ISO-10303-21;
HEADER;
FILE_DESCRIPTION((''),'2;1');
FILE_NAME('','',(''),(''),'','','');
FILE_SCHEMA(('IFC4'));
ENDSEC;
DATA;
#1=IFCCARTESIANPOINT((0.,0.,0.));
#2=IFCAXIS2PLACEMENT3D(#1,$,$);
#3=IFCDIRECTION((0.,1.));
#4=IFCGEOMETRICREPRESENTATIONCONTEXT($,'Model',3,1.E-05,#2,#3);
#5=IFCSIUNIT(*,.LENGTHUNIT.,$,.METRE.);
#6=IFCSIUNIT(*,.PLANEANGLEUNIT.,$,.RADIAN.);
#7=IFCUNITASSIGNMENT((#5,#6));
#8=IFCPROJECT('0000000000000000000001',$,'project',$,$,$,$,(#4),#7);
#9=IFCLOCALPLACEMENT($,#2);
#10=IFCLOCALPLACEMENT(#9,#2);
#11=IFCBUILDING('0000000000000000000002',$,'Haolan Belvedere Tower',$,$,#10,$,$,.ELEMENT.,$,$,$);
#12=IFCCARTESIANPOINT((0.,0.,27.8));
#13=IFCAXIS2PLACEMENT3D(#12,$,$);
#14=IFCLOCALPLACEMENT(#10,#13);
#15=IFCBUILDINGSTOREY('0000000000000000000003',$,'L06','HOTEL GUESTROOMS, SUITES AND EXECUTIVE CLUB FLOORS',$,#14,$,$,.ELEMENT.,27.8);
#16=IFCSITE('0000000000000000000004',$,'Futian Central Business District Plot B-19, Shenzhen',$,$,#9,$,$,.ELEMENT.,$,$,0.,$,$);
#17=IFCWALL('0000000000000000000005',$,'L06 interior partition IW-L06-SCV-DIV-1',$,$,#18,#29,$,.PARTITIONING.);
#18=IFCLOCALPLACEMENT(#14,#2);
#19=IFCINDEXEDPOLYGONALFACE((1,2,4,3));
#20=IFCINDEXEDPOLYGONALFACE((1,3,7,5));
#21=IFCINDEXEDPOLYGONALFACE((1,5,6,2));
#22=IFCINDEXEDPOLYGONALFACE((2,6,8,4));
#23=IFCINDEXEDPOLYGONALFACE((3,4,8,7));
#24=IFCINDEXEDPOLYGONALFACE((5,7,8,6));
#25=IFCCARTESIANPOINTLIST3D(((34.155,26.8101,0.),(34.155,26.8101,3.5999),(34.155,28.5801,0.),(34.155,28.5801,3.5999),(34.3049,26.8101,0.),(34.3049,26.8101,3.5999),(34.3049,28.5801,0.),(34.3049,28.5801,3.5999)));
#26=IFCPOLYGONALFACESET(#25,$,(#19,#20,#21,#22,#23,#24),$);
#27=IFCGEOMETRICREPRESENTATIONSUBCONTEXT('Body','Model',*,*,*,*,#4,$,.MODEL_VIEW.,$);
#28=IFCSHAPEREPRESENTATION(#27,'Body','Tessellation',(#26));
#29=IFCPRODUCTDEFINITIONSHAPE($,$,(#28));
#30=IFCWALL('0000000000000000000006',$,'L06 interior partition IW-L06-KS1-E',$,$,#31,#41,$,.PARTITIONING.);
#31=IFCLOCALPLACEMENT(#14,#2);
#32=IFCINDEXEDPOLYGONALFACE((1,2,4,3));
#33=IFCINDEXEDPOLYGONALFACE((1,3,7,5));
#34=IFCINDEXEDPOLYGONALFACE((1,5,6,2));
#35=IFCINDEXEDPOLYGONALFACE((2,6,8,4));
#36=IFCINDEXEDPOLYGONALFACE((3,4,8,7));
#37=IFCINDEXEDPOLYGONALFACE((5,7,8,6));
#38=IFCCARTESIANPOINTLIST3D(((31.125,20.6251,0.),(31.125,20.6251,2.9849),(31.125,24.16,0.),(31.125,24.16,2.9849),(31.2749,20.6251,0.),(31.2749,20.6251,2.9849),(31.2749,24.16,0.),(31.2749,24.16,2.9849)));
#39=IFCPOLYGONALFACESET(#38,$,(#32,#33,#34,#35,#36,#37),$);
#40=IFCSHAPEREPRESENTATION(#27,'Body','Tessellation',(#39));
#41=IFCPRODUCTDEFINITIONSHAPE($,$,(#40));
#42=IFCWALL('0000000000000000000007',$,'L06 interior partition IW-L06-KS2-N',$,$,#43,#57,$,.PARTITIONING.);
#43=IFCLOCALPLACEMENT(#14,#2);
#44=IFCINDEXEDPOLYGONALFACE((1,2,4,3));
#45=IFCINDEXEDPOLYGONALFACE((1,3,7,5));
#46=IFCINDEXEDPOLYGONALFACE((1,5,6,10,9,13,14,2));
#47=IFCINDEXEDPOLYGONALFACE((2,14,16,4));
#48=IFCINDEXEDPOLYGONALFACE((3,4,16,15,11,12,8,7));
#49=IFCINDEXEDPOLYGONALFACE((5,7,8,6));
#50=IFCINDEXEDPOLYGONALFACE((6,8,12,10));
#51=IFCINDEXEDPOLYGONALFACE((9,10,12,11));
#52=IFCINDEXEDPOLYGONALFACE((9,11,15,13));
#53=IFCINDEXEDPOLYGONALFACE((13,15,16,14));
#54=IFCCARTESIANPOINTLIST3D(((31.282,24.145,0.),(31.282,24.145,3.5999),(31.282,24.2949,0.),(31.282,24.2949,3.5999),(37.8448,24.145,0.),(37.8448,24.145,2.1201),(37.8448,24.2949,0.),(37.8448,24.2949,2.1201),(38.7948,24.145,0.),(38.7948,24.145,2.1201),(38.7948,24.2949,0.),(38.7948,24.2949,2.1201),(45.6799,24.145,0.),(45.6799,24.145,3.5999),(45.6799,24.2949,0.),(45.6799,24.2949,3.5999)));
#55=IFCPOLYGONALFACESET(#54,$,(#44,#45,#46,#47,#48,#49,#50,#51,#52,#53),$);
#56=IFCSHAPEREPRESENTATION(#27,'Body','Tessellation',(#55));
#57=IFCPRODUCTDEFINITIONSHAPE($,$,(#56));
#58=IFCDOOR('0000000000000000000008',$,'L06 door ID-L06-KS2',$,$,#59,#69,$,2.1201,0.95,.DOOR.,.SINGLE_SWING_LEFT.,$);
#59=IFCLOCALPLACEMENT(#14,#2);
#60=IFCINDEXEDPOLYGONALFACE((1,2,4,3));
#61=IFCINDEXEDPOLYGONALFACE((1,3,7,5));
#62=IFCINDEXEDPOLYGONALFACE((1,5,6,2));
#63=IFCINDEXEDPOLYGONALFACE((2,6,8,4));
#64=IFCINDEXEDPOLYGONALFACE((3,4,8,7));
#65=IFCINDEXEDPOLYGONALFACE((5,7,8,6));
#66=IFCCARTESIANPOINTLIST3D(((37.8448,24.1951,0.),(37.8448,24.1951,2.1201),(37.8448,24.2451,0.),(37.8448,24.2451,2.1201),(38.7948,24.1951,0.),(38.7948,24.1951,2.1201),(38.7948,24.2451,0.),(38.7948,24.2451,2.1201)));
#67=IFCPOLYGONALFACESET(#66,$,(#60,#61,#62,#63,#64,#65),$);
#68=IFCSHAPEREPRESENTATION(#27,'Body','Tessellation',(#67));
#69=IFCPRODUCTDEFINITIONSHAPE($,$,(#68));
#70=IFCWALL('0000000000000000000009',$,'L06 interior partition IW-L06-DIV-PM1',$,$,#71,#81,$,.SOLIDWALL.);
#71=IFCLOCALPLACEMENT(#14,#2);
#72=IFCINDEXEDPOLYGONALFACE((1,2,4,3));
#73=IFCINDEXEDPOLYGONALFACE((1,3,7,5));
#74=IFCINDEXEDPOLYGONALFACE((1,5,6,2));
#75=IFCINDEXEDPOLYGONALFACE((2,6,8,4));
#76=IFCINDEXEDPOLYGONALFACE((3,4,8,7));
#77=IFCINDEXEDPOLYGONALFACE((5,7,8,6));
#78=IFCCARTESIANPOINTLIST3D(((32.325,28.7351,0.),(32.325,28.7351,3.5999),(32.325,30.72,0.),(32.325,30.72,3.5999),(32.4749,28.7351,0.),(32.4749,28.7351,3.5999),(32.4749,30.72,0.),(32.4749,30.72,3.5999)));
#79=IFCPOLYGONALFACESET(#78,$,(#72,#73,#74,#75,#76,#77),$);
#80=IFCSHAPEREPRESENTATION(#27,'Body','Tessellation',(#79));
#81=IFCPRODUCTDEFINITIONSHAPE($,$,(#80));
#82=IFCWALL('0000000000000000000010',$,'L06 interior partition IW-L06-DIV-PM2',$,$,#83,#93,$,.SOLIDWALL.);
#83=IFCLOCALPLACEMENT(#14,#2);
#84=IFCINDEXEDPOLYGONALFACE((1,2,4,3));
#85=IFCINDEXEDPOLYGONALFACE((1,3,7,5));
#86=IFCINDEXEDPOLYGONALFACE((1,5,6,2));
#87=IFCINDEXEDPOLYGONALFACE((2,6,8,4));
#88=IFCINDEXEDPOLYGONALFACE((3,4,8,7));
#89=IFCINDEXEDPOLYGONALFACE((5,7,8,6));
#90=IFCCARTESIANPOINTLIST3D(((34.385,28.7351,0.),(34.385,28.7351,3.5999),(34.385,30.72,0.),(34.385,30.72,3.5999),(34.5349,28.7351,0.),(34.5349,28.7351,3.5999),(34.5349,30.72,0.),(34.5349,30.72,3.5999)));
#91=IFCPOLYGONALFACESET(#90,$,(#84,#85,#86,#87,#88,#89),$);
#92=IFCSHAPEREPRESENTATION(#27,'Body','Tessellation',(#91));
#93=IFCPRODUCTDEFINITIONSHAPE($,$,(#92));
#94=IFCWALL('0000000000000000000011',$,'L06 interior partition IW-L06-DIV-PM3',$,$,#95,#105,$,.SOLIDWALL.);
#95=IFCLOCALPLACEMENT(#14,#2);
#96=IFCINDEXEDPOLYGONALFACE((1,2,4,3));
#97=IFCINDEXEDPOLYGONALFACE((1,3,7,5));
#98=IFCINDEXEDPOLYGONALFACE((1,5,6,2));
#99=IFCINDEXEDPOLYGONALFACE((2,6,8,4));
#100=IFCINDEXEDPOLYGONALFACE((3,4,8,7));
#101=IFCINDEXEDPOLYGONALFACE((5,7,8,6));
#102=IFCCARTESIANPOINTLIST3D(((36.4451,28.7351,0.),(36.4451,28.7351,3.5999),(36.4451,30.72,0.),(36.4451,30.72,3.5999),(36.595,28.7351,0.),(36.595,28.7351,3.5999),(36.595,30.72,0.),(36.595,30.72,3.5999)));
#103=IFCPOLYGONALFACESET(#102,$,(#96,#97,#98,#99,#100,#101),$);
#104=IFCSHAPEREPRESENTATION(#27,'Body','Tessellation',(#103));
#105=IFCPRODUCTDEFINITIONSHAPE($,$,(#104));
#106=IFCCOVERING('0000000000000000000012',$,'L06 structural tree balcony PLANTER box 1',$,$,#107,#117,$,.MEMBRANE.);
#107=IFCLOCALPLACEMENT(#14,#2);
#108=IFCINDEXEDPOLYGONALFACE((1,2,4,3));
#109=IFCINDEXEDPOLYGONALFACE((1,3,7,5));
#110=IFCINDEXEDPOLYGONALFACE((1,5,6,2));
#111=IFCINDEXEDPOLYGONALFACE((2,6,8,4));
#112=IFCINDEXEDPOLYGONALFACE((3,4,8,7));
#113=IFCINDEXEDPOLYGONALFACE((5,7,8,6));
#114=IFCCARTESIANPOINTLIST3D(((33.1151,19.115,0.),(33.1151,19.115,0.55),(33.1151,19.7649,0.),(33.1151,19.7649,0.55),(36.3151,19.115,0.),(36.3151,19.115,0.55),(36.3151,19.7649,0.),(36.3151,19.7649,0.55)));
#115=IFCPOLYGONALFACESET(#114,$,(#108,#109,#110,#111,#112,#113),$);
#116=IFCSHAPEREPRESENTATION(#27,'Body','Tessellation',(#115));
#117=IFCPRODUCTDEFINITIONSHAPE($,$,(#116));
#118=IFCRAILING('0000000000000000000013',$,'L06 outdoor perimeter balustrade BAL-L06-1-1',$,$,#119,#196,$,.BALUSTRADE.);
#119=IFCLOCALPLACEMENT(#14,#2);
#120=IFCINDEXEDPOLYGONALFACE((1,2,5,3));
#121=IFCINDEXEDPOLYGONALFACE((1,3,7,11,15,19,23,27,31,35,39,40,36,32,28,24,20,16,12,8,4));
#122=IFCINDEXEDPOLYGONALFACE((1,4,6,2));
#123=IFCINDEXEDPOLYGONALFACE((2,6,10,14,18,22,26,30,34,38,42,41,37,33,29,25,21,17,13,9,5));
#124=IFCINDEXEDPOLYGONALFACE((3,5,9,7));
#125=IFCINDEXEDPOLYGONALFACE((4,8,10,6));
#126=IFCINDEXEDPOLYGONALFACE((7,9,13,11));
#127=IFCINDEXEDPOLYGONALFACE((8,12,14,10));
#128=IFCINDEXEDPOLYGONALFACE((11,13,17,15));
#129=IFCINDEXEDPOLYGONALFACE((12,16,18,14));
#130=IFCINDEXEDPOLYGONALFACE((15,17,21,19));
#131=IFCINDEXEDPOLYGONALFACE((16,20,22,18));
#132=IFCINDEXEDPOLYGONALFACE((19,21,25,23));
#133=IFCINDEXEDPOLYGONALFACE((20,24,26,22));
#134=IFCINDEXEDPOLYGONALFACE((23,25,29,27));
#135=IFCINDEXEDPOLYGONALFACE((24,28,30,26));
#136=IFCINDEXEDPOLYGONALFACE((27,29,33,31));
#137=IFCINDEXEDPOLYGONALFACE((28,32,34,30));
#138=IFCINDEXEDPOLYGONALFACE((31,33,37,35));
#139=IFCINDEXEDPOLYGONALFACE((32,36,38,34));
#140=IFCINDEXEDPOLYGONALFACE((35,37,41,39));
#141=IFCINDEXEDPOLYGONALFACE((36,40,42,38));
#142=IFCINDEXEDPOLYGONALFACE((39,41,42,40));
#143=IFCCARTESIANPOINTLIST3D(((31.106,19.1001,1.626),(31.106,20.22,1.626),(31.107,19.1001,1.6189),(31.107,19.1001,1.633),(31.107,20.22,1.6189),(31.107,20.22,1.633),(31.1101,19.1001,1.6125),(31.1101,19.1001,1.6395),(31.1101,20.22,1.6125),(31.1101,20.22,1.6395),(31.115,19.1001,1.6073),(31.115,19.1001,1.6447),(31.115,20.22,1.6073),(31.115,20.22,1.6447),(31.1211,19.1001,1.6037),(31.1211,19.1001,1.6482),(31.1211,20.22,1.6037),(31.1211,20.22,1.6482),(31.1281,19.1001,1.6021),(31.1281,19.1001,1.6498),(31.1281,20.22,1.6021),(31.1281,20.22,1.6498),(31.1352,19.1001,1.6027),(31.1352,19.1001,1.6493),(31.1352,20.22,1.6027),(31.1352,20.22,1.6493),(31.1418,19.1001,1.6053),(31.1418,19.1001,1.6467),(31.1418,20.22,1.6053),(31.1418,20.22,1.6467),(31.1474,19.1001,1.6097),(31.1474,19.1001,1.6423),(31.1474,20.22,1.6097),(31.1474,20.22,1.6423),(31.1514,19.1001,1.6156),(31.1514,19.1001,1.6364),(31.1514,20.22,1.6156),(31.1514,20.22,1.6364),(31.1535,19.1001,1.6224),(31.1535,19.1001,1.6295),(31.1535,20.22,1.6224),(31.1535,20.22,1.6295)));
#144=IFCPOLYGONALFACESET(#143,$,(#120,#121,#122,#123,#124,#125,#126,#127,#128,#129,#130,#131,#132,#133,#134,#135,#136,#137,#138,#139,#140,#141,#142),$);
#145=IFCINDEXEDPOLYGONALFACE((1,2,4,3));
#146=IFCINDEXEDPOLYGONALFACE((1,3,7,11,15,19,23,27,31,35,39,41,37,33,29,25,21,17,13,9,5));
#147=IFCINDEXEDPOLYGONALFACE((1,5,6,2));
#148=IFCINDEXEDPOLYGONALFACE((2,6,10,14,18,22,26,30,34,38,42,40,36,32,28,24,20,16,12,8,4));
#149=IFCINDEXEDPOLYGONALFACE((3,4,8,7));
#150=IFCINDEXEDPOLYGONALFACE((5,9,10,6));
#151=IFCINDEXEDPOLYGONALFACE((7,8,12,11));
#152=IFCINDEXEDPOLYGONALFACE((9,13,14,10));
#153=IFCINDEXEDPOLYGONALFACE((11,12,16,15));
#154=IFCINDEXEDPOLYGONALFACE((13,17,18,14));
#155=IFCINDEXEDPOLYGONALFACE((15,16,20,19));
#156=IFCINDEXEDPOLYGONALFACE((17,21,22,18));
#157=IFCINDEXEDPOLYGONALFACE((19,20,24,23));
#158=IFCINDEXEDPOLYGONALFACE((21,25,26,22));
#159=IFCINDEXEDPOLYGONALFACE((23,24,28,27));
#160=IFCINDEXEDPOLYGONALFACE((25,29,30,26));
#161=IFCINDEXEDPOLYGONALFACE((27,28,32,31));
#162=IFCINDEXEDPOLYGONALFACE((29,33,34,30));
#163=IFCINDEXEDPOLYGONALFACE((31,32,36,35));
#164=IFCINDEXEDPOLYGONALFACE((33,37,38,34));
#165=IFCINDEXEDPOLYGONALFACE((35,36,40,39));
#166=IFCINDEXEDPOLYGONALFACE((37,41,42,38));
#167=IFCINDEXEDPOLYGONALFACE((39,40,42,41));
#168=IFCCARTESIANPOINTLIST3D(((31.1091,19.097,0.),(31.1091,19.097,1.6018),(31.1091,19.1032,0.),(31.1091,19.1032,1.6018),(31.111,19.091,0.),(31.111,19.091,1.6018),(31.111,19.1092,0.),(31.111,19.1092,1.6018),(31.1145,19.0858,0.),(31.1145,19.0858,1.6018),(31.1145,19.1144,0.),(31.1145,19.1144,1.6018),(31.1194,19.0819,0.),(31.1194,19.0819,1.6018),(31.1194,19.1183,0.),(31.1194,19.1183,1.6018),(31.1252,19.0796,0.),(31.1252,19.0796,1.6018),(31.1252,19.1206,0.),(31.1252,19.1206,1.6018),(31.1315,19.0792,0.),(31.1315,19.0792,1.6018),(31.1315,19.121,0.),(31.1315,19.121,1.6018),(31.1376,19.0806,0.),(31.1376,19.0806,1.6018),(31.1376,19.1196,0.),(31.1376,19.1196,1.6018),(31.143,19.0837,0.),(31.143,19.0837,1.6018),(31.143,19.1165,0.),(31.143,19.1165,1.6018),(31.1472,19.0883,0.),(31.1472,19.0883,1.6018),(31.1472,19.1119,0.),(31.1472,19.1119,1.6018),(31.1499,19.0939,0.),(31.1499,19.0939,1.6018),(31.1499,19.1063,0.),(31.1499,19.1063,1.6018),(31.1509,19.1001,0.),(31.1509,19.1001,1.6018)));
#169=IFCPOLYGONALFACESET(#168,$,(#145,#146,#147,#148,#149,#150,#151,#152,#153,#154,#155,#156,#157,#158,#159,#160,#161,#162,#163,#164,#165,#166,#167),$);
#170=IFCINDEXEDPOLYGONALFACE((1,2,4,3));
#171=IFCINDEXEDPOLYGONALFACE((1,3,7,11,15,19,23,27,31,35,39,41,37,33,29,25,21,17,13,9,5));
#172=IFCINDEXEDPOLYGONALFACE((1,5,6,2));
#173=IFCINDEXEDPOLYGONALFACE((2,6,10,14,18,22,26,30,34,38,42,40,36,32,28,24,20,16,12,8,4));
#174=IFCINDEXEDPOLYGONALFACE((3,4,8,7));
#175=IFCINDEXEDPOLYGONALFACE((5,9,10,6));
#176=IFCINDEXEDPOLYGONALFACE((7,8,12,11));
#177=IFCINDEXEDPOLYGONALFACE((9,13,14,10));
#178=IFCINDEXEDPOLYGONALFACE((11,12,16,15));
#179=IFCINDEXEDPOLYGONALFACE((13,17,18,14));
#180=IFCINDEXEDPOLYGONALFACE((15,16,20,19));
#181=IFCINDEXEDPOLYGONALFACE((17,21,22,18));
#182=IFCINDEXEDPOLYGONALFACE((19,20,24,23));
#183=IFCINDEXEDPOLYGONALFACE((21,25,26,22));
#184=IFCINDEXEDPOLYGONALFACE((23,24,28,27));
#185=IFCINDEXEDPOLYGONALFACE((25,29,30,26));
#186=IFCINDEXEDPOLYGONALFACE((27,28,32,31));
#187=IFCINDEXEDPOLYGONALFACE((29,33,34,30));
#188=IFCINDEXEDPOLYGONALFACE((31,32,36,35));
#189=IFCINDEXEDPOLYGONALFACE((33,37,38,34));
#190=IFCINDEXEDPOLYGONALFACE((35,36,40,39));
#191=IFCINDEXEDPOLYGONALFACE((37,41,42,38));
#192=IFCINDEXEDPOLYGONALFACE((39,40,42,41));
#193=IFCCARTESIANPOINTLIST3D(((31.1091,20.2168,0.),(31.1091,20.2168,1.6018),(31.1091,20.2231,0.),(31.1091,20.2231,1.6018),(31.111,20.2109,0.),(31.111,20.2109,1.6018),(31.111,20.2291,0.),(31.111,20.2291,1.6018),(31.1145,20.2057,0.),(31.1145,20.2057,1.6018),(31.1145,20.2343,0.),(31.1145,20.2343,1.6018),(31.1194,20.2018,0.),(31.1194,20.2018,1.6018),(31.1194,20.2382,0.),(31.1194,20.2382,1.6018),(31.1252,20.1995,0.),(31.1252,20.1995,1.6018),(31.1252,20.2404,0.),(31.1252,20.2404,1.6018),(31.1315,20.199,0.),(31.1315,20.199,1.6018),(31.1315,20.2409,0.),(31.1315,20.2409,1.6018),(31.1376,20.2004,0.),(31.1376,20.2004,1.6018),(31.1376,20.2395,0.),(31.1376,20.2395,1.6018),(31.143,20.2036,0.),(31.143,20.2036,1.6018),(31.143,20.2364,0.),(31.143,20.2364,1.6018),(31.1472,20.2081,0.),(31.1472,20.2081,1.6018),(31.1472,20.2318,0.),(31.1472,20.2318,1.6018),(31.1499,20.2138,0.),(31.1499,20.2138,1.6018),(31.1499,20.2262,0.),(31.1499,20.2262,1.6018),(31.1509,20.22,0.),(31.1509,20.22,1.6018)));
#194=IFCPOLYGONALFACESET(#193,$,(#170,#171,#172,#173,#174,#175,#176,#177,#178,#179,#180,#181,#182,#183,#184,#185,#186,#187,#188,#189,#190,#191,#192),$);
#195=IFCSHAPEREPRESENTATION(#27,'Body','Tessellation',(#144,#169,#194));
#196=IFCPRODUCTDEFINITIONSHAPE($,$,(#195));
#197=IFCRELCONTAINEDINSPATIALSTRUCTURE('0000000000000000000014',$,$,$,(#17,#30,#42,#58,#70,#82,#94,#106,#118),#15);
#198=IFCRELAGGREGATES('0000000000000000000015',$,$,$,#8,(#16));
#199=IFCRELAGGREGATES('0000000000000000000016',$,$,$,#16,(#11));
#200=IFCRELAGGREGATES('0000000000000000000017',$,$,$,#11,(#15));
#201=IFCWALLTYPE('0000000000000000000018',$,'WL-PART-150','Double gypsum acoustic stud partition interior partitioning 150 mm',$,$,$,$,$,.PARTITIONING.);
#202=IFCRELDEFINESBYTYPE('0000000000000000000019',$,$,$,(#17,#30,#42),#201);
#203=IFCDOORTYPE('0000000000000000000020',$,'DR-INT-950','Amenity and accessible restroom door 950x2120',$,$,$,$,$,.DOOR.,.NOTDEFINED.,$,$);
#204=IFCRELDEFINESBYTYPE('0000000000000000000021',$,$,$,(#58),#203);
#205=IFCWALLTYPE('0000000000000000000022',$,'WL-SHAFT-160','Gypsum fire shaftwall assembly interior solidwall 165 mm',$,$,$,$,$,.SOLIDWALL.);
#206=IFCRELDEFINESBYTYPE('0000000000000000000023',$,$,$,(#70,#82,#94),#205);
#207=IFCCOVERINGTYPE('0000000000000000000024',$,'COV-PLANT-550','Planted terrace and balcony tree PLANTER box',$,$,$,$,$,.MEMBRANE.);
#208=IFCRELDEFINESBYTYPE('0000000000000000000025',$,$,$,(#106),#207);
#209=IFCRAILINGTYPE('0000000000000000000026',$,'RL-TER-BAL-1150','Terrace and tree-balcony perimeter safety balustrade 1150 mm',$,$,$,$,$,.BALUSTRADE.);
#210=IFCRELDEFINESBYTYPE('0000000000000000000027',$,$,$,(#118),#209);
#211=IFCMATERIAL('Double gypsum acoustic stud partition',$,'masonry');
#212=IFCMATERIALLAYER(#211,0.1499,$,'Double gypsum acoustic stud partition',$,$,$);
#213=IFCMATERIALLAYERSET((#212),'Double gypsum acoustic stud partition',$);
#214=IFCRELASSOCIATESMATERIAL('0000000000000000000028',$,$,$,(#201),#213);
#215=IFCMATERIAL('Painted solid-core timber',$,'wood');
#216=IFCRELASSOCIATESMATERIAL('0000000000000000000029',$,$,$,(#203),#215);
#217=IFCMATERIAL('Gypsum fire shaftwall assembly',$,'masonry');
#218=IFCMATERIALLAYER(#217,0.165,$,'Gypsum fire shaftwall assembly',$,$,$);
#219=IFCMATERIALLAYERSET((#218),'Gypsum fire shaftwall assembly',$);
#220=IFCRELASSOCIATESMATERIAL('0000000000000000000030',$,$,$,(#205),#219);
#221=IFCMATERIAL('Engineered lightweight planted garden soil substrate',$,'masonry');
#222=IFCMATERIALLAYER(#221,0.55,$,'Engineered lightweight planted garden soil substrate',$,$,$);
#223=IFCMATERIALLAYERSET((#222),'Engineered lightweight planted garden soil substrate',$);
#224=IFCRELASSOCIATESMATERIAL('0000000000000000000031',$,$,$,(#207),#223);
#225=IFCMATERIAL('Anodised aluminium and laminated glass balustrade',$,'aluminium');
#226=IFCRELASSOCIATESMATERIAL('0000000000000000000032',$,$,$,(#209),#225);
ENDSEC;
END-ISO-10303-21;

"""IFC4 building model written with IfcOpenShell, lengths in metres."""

from ifc_helpers import new_model, si_unit, direction, frame, frame_2d, origin, origin_2d, place, context, subcontext, project, spatial, rectangle, circle, extrude, material, layer, layer_set, type_object, element, fill, save


model = new_model("IFC4")

# Units and contexts
model_context = context("Model", 3, precision=1e-05, world=origin(), true_north=direction((0.0, 1.0)))
body_context = subcontext(model_context, "Body", "Model", "MODEL_VIEW")
ifc_project = project(units=[si_unit("LENGTHUNIT", "METRE"), si_unit("PLANEANGLEUNIT", "RADIAN")], contexts=[model_context])

# Site, building, storey
site_placement = place(None, origin())
site = spatial("IfcSite", under=ifc_project, at=site_placement, Name="Futian Central Business District Plot B-19, Shenzhen", CompositionType="ELEMENT", RefElevation=0.0)
building_placement = place(site_placement, origin())
building = spatial("IfcBuilding", under=site, at=building_placement, Name="Haolan Belvedere Tower", CompositionType="ELEMENT")
storey_placement = place(building_placement, frame((0.0, 0.0, 27.8)))
storey = spatial("IfcBuildingStorey", under=building, at=storey_placement, Name="L06", Description="HOTEL GUESTROOMS, SUITES AND EXECUTIVE CLUB FLOORS", CompositionType="ELEMENT", Elevation=27.8)

# Walls
ifc_material_1 = material(Name="Double gypsum acoustic stud partition", Category="masonry")
ifc_layer_1 = layer(ifc_material_1, 0.1499, Name="Double gypsum acoustic stud partition")
ifc_layer_set_1 = layer_set([ifc_layer_1], Name="Double gypsum acoustic stud partition")
wall_type_1 = type_object("IfcWallType", Name="WL-PART-150", Description="Double gypsum acoustic stud partition interior partitioning 150 mm", PredefinedType="PARTITIONING", material=ifc_layer_set_1)
wall_1_placement = place(storey_placement, frame((34.23, 26.8101, 0.0), z_axis=(0.0, 0.0, 1.0), x_axis=(0.0, 1.0, 0.0)))
element("IfcWall", 1, at=wall_1_placement, inside=storey, type_object=wall_type_1, Name="L06 interior partition IW-L06-SCV-DIV-1", PredefinedType="PARTITIONING", context=body_context, shape_type="SweptSolid", body=[
    extrude(rectangle(XDim=1.77, YDim=0.1499, at=frame_2d((0.885, 0.0))), origin(), (0.0, 0.0, 1.0), 3.5999),
])
wall_2_placement = place(storey_placement, frame((31.2, 20.625, 0.0), z_axis=(0.0, 0.0, 1.0), x_axis=(0.0, 1.0, 0.0)))
element("IfcWall", 2, at=wall_2_placement, inside=storey, type_object=wall_type_1, Name="L06 interior partition IW-L06-KS1-E", PredefinedType="PARTITIONING", context=body_context, shape_type="SweptSolid", body=[
    extrude(rectangle(XDim=3.5349, YDim=0.1499, at=frame_2d((1.7676, 0.0))), origin(), (0.0, 0.0, 1.0), 2.9849),
])

# Wall, opening, door
wall_3_placement = place(storey_placement, frame((31.282, 24.22, 0.0), z_axis=(0.0, 0.0, 1.0), x_axis=(1.0, 0.0, 0.0)))
wall_3 = element("IfcWall", 3, at=wall_3_placement, inside=storey, type_object=wall_type_1, Name="L06 interior partition IW-L06-KS2-N", PredefinedType="PARTITIONING", context=body_context, shape_type="SweptSolid", body=[
    extrude(rectangle(XDim=14.3979, YDim=0.1499, at=frame_2d((7.199, 0.0))), origin(), (0.0, 0.0, 1.0), 3.5999),
])
opening_1_placement = place(wall_3_placement, frame((7.5129, 0.0, 0.0), z_axis=(0.0, 0.0, 1.0), x_axis=(-1.0, 0.0, 0.0)))
opening_1 = element("IfcOpeningElement", 4, at=opening_1_placement, cuts=wall_3, PredefinedType="OPENING", context=body_context, shape_type="SweptSolid", body=[
    extrude(rectangle(XDim=0.95, YDim=2.1201, at=frame_2d((0.4751, 1.0601))), frame((0.0, 0.085, 0.0), z_axis=(0.0, -1.0, 0.0), x_axis=(1.0, 0.0, 0.0)), (0.0, 0.0, 1.0), 0.1699),
])
ifc_material_2 = material(Name="Painted solid-core timber", Category="wood")
door_type_1 = type_object("IfcDoorType", Name="DR-INT-950", Description="Amenity and accessible restroom door 950x2120", OperationType="NOTDEFINED", PredefinedType="DOOR", material=ifc_material_2)
door_1_placement = place(opening_1_placement, origin())
door_1 = element("IfcDoor", 5, at=door_1_placement, inside=storey, type_object=door_type_1, Name="L06 door ID-L06-KS2", OperationType="SINGLE_SWING_LEFT", OverallHeight=2.1201, OverallWidth=0.95, PredefinedType="DOOR", context=body_context, shape_type="SweptSolid", body=[
    extrude(rectangle(XDim=0.95, YDim=2.1201, at=frame_2d((0.4751, 1.0601))), frame((0.0, 0.0249, 0.0), z_axis=(0.0, -1.0, 0.0), x_axis=(1.0, 0.0, 0.0)), (0.0, 0.0, 1.0), 0.05),
])
fill(opening_1, door_1)

# Walls
ifc_material_3 = material(Name="Gypsum fire shaftwall assembly", Category="masonry")
ifc_layer_2 = layer(ifc_material_3, 0.165, Name="Gypsum fire shaftwall assembly")
ifc_layer_set_2 = layer_set([ifc_layer_2], Name="Gypsum fire shaftwall assembly")
wall_type_2 = type_object("IfcWallType", Name="WL-SHAFT-160", Description="Gypsum fire shaftwall assembly interior solidwall 165 mm", PredefinedType="SOLIDWALL", material=ifc_layer_set_2)
for number, where, z_axis, x_axis, name in (
    (6, (32.3999, 28.7351, 0.0), (0.0, 0.0, 1.0), (0.0, 1.0, 0.0), "L06 interior partition IW-L06-DIV-PM1"),
    (7, (34.46, 28.7351, 0.0), (0.0, 0.0, 1.0), (0.0, 1.0, 0.0), "L06 interior partition IW-L06-DIV-PM2"),
    (8, (36.52, 28.7351, 0.0), (0.0, 0.0, 1.0), (0.0, 1.0, 0.0), "L06 interior partition IW-L06-DIV-PM3"),
):
    element("IfcWall", number, at=place(storey_placement, frame(where, z_axis=z_axis, x_axis=x_axis)), inside=storey, type_object=wall_type_2, Name=name, PredefinedType="SOLIDWALL", context=body_context, shape_type="SweptSolid", body=[
        extrude(rectangle(XDim=1.9849, YDim=0.1499, at=frame_2d((0.9924, 0.0))), origin(), (0.0, 0.0, 1.0), 3.5999),
    ])

# Covering
ifc_material_4 = material(Name="Engineered lightweight planted garden soil substrate", Category="masonry")
ifc_layer_3 = layer(ifc_material_4, 0.55, Name="Engineered lightweight planted garden soil substrate")
ifc_layer_set_3 = layer_set([ifc_layer_3], Name="Engineered lightweight planted garden soil substrate")
covering_type = type_object("IfcCoveringType", Name="COV-PLANT-550", Description="Planted terrace and balcony tree PLANTER box", PredefinedType="MEMBRANE", material=ifc_layer_set_3)
covering_placement = place(storey_placement, frame((34.7151, 19.4399, 0.0), z_axis=(0.0, 0.0, 1.0), x_axis=(1.0, 0.0, 0.0)))
element("IfcCovering", 9, at=covering_placement, inside=storey, type_object=covering_type, Name="L06 structural tree balcony PLANTER box 1", PredefinedType="MEMBRANE", context=body_context, shape_type="SweptSolid", body=[
    extrude(rectangle(XDim=3.2, YDim=0.6499, at=origin_2d()), origin(), (0.0, 0.0, 1.0), 0.55),
])

# Railing
ifc_material_5 = material(Name="Anodised aluminium and laminated glass balustrade", Category="aluminium")
railing_type = type_object("IfcRailingType", Name="RL-TER-BAL-1150", Description="Terrace and tree-balcony perimeter safety balustrade 1150 mm", PredefinedType="BALUSTRADE", material=ifc_material_5)
railing_placement = place(storey_placement, frame((31.1299, 19.1001, 0.0)))
element("IfcRailing", 10, at=railing_placement, inside=storey, type_object=railing_type, Name="L06 outdoor perimeter balustrade BAL-L06-1-1", PredefinedType="BALUSTRADE", context=body_context, shape_type="SweptSolid", body=[
    extrude(circle(Radius=0.0239, at=origin_2d()), frame((0.0, 0.0, 1.626), z_axis=(0.0, 1.0, 0.0), x_axis=(-1.0, 0.0, 0.0)), (0.0, 0.0, 1.0), 1.1199),
    extrude(circle(Radius=0.021, at=origin_2d()), origin(), (0.0, 0.0, 1.0), 1.6018),
    extrude(circle(Radius=0.021, at=origin_2d()), frame((0.0, 1.1199, 0.0)), (0.0, 0.0, 1.0), 1.6018),
])

save(model, "model.ifc")
